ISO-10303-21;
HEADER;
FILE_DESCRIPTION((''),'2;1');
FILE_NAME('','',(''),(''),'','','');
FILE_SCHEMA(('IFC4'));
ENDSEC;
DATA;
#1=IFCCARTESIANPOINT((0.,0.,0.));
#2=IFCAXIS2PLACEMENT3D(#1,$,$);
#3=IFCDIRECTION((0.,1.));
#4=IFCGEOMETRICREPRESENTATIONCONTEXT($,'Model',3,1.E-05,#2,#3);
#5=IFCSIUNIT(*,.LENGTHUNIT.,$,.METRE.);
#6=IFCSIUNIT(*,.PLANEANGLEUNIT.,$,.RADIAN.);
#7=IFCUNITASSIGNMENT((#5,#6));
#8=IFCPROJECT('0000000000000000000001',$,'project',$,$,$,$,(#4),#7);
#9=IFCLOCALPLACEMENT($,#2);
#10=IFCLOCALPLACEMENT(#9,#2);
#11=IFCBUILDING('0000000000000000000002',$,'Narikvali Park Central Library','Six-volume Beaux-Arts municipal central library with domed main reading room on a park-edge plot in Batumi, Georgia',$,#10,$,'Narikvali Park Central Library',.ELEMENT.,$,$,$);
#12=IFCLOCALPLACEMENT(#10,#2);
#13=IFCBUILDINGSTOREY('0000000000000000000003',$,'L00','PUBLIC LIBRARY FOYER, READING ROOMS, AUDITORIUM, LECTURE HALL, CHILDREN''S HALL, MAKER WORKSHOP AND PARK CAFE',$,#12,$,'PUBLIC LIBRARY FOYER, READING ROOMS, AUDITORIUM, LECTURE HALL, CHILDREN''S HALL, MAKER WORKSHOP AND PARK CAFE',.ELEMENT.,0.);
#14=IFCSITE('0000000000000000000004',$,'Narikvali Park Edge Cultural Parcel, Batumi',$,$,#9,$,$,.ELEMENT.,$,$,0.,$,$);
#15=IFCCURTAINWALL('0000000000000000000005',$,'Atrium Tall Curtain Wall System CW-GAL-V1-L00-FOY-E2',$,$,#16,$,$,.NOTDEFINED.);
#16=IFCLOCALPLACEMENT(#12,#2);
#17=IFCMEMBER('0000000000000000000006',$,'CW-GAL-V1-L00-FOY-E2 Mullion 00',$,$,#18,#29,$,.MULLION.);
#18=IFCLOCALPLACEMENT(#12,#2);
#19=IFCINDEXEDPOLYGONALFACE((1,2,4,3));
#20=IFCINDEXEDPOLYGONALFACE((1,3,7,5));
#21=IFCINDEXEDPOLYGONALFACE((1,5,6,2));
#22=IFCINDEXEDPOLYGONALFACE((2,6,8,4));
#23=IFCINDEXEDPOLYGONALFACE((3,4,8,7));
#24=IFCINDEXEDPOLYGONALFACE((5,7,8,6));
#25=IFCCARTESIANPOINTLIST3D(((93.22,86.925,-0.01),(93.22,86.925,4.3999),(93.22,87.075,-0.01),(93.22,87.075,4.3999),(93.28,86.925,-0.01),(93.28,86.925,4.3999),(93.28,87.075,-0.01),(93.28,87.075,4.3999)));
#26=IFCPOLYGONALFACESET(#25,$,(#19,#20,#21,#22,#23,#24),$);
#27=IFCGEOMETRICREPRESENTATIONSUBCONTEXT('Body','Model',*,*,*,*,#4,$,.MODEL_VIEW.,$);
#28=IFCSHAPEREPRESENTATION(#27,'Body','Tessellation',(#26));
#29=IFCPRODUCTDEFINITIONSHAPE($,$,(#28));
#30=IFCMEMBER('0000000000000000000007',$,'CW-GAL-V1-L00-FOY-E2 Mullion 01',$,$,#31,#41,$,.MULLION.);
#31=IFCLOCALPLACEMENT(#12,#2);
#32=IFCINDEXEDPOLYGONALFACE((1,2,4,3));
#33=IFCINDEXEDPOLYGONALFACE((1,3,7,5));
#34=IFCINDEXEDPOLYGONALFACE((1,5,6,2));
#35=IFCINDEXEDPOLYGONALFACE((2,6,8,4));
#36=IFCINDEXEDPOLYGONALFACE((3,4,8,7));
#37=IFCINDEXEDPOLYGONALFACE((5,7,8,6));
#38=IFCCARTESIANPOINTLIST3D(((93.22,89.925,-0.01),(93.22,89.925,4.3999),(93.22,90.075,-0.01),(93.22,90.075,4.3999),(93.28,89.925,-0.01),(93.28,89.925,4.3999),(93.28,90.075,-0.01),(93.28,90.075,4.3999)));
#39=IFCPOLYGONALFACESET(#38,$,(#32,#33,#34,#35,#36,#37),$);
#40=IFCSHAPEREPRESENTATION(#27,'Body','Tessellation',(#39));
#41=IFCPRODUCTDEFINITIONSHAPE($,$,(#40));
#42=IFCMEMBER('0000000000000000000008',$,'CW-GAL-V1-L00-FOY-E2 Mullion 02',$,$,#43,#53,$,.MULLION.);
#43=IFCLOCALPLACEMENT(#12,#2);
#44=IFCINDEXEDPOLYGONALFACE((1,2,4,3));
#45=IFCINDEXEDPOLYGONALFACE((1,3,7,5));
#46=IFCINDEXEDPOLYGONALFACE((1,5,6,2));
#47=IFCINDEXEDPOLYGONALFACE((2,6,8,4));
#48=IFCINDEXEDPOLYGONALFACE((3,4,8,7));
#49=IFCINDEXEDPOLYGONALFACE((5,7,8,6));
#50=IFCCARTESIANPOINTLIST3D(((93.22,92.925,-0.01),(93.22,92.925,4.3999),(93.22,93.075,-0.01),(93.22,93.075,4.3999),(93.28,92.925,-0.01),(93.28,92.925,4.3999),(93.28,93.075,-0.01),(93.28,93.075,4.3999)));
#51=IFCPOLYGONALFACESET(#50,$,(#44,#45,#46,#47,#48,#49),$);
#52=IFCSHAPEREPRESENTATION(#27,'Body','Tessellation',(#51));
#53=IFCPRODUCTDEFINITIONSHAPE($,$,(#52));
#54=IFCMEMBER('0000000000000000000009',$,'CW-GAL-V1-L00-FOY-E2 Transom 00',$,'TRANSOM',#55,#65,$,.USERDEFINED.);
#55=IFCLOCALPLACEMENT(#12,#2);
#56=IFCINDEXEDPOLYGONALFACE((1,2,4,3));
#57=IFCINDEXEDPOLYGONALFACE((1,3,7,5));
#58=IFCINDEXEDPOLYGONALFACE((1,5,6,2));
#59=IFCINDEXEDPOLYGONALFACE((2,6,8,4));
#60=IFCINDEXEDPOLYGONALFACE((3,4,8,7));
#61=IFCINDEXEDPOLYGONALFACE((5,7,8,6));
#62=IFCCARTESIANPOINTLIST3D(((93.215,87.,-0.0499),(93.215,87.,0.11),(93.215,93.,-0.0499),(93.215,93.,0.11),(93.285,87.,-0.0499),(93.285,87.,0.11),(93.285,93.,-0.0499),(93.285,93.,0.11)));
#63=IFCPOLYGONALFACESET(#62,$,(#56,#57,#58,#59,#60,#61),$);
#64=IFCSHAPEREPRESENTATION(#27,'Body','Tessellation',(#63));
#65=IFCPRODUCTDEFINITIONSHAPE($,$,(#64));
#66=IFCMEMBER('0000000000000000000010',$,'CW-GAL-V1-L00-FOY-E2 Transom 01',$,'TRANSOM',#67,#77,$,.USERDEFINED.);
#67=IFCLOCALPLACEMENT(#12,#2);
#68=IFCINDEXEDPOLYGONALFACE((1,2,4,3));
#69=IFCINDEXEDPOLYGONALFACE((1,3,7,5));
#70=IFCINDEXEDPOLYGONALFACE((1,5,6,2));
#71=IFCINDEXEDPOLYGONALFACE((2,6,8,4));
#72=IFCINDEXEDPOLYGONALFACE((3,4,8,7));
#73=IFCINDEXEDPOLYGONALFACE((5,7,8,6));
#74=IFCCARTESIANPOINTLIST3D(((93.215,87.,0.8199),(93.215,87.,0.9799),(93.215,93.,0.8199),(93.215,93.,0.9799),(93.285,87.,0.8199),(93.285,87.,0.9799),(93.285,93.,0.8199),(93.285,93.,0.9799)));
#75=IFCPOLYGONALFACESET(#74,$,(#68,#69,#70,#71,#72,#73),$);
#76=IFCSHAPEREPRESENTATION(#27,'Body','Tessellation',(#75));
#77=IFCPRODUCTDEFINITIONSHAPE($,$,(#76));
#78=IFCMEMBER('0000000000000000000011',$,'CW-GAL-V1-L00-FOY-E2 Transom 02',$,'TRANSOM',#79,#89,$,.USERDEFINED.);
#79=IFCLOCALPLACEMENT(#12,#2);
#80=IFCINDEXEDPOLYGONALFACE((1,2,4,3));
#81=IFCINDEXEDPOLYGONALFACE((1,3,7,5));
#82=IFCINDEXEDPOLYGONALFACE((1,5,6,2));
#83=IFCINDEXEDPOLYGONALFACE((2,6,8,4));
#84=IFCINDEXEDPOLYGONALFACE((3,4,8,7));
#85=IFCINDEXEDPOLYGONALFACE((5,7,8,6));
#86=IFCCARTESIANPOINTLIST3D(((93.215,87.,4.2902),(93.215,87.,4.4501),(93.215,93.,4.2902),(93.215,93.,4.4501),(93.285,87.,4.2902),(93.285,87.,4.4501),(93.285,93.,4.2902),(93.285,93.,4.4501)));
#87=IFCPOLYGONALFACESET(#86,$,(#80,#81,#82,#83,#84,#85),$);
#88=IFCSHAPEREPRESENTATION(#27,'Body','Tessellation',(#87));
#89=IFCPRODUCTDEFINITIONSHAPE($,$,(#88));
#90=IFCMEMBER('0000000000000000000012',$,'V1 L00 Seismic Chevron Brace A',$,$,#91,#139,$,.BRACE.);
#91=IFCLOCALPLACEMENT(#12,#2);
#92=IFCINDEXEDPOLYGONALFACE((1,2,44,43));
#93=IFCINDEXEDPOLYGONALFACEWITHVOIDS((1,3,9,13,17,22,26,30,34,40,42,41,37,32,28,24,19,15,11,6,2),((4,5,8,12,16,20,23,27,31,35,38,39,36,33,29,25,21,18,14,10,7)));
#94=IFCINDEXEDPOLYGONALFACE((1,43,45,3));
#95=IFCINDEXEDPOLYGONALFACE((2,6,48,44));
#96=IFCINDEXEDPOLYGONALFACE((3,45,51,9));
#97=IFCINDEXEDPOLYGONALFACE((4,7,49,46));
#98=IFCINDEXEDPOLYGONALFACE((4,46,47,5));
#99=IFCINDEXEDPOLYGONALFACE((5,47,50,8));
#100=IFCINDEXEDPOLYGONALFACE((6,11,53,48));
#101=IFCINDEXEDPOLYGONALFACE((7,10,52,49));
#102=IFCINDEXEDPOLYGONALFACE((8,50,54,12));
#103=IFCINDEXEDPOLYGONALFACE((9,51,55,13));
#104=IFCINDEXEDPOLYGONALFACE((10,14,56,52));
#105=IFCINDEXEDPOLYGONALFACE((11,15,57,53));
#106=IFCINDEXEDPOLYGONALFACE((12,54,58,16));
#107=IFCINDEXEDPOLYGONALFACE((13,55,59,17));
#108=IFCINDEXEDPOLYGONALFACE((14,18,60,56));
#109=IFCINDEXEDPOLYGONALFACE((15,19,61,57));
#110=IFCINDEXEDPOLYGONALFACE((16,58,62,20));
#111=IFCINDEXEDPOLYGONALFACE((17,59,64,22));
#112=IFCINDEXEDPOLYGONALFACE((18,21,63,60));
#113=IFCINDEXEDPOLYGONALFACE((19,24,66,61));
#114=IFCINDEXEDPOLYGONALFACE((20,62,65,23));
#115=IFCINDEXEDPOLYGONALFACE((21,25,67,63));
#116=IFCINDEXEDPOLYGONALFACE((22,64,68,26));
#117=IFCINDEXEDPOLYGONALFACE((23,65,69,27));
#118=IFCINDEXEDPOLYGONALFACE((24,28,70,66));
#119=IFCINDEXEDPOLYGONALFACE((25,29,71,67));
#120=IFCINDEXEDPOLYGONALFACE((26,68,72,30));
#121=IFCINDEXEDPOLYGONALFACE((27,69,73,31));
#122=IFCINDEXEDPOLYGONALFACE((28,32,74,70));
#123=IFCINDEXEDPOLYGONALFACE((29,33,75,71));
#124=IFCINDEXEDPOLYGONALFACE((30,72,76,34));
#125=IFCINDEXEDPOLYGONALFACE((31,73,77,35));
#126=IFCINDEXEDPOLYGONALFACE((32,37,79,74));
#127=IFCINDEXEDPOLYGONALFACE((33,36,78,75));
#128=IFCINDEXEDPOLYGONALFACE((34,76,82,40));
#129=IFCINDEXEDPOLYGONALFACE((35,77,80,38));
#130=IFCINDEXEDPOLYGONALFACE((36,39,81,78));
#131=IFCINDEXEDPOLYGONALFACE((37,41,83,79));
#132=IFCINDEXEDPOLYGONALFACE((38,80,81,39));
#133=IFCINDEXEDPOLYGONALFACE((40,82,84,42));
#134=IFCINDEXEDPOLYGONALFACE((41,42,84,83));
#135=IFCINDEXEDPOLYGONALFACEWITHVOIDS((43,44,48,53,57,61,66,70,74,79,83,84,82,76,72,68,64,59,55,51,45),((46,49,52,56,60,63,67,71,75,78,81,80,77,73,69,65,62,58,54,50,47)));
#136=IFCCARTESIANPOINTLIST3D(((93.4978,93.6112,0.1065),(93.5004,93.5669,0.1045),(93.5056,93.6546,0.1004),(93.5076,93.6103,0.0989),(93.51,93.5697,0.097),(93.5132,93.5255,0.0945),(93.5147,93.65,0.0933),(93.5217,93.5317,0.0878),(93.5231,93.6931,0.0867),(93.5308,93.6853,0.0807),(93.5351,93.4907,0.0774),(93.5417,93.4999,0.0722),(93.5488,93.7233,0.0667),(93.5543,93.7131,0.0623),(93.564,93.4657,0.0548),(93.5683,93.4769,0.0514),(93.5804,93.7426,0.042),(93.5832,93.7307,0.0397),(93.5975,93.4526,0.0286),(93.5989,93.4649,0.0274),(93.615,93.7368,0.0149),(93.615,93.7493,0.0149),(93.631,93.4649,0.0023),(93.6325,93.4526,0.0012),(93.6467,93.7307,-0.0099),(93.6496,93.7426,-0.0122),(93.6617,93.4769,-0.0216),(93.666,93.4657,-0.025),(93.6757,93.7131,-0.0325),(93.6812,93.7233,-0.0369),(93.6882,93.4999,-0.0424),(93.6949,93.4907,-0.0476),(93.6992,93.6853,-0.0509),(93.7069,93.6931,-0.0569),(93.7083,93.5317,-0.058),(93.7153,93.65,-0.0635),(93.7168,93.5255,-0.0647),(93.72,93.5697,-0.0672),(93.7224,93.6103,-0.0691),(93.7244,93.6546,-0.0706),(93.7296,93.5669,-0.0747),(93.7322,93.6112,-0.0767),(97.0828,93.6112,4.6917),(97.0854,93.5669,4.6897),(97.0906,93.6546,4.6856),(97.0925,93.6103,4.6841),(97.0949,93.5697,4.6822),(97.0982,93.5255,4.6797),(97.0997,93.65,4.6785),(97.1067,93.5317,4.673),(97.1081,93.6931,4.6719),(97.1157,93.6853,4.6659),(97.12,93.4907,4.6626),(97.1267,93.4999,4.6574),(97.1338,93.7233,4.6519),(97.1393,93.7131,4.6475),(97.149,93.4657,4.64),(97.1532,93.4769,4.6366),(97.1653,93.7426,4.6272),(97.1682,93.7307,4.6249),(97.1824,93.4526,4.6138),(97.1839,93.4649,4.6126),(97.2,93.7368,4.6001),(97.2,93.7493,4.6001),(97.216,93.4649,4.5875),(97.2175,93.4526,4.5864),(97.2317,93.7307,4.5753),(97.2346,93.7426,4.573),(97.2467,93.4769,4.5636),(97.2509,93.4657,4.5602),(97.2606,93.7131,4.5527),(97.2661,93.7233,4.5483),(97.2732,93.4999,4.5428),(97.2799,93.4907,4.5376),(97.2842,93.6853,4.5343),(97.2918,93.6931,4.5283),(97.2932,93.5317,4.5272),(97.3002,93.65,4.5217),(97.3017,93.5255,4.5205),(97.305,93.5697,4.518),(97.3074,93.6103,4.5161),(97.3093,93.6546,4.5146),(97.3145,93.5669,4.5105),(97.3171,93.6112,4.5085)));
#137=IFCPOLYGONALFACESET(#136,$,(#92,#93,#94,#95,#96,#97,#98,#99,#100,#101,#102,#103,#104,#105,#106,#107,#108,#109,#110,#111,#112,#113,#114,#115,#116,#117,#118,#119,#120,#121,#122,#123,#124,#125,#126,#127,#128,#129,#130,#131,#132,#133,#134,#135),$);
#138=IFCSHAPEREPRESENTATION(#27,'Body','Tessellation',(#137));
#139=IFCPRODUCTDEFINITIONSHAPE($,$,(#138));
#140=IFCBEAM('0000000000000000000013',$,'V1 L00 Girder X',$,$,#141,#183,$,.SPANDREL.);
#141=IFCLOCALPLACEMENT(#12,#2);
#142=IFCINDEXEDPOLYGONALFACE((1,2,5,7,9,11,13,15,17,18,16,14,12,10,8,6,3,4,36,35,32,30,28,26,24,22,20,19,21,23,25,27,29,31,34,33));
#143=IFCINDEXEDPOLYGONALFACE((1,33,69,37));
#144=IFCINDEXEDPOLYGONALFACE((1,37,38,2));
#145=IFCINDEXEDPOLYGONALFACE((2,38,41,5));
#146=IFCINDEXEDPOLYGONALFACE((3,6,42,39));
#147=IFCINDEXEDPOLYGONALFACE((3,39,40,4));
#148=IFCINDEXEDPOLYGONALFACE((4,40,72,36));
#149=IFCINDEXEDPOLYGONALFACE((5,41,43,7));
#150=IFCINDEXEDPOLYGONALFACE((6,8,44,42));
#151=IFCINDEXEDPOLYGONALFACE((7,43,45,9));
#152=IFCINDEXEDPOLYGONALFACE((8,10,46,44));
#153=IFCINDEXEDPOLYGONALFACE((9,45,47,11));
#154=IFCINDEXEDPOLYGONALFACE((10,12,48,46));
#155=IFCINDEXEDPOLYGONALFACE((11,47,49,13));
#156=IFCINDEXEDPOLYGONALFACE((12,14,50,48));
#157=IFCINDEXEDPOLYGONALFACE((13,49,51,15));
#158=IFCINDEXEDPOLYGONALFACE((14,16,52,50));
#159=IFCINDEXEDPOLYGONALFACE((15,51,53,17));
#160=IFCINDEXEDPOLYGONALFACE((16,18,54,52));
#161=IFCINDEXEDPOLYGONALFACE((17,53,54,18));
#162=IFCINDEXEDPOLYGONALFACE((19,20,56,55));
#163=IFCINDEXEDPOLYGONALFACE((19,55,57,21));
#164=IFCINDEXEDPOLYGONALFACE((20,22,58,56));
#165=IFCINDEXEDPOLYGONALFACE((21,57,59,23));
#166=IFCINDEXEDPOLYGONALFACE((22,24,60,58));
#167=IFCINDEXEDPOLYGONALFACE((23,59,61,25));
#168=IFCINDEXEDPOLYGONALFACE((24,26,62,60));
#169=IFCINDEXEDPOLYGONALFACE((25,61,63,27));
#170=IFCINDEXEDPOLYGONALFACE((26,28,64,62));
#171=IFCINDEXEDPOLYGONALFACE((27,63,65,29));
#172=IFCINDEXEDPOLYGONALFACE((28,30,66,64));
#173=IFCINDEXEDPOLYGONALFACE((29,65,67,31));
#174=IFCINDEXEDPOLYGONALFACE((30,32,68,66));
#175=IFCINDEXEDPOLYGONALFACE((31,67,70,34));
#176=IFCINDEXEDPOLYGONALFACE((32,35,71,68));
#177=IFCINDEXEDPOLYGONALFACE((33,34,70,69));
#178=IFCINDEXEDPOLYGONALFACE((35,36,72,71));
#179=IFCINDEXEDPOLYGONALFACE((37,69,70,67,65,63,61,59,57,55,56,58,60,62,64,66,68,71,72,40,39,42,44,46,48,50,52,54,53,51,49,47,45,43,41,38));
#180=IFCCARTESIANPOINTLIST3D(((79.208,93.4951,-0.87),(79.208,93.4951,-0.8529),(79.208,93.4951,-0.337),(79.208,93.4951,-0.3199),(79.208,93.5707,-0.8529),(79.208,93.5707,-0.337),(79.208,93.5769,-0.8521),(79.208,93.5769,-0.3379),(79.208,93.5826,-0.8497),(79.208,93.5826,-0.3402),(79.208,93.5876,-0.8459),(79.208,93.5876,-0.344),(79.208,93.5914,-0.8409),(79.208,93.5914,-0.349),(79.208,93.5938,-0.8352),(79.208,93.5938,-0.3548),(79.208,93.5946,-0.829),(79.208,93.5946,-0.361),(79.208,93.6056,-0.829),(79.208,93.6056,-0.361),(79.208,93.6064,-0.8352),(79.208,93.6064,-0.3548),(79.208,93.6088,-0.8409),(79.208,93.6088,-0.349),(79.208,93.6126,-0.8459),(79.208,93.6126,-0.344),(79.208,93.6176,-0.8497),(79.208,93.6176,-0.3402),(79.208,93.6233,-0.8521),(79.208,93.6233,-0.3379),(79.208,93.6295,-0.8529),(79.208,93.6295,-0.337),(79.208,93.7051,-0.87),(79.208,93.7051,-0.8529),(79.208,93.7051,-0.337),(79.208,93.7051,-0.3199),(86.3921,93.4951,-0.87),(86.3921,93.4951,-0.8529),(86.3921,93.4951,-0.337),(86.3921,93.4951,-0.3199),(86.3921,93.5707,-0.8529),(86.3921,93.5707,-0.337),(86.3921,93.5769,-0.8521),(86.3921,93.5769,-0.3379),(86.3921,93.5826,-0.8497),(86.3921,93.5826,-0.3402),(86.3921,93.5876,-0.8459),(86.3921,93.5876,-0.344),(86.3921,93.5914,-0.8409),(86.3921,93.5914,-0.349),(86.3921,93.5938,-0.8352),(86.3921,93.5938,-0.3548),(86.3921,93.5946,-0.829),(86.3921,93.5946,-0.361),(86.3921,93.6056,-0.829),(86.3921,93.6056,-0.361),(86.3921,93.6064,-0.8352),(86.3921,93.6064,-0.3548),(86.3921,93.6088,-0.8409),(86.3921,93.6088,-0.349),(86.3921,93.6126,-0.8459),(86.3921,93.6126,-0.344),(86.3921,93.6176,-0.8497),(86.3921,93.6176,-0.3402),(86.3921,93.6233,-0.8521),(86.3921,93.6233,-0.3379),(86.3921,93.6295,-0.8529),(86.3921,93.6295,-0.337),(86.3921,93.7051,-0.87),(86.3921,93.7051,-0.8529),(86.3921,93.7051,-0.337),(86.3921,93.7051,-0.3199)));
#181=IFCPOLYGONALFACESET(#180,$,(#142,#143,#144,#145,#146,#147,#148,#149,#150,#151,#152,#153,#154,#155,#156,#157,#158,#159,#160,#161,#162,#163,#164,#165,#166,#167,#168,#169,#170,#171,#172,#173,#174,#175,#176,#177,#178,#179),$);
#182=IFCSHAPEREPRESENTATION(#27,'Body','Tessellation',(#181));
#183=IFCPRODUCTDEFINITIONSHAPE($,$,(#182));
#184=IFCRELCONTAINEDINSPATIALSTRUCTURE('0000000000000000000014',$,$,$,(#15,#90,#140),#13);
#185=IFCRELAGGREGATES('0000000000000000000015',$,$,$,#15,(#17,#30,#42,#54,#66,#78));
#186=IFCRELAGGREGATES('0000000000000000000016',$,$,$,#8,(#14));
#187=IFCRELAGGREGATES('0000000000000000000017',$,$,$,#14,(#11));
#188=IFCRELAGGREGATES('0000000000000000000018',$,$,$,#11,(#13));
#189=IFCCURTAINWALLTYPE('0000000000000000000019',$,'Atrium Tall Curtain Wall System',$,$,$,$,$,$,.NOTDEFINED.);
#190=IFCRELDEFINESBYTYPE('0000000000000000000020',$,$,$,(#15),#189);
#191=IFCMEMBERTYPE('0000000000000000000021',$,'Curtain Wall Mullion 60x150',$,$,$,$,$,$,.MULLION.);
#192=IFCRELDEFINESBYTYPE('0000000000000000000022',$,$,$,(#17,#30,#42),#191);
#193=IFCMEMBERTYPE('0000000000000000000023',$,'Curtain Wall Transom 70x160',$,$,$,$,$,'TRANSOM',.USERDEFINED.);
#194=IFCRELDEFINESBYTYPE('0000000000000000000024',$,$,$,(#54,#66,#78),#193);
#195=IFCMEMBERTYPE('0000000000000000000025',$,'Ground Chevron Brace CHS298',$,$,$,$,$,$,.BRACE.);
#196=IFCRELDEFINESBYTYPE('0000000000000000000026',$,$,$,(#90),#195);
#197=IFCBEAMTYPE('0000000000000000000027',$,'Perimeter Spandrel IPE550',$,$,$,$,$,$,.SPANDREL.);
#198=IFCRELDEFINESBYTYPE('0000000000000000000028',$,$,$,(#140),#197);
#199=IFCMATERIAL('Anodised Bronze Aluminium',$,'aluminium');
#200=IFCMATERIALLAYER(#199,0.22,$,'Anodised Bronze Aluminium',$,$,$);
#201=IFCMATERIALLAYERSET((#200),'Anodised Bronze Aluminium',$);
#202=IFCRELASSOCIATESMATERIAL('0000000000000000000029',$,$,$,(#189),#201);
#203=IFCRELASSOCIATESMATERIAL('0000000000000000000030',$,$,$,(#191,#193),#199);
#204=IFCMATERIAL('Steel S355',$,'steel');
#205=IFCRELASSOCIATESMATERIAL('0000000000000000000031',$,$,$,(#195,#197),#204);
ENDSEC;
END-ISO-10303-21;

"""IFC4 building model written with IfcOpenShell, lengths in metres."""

from ifc_helpers import new_model, si_unit, direction, frame, origin, origin_2d, place, context, subcontext, project, spatial, rectangle, hollow_circle, i_section, extrude, material, layer, layer_set, material_profile, profile_set, type_object, element, aggregate, save


model = new_model("IFC4")

# Units and contexts
model_context = context("Model", 3, precision=1e-05, world=origin(), true_north=direction((0.0, 1.0)))
body_context = subcontext(model_context, "Body", "Model", "MODEL_VIEW")
ifc_project = project(units=[si_unit("LENGTHUNIT", "METRE"), si_unit("PLANEANGLEUNIT", "RADIAN")], contexts=[model_context])

# Site, building, storey
site_placement = place(None, origin())
site = spatial("IfcSite", under=ifc_project, at=site_placement, Name="Narikvali Park Edge Cultural Parcel, Batumi", CompositionType="ELEMENT", RefElevation=0.0)
building_placement = place(site_placement, origin())
building = spatial("IfcBuilding", under=site, at=building_placement, Name="Narikvali Park Central Library", Description="Six-volume Beaux-Arts municipal central library with domed main reading room on a park-edge plot in Batumi, Georgia", LongName="Narikvali Park Central Library", CompositionType="ELEMENT")
storey_placement = place(building_placement, origin())
storey = spatial("IfcBuildingStorey", under=building, at=storey_placement, Name="L00", Description="PUBLIC LIBRARY FOYER, READING ROOMS, AUDITORIUM, LECTURE HALL, CHILDREN'S HALL, MAKER WORKSHOP AND PARK CAFE", LongName="PUBLIC LIBRARY FOYER, READING ROOMS, AUDITORIUM, LECTURE HALL, CHILDREN'S HALL, MAKER WORKSHOP AND PARK CAFE", CompositionType="ELEMENT", Elevation=0.0)

# Shared definitions
ifc_material_1 = material(Name="Steel S355", Category="steel")

# Curtain wall, members
ifc_material_2 = material(Name="Anodised Bronze Aluminium", Category="aluminium")
ifc_layer_1 = layer(ifc_material_2, 0.22, Name="Anodised Bronze Aluminium")
ifc_layer_set_1 = layer_set([ifc_layer_1], Name="Anodised Bronze Aluminium")
curtain_wall_type = type_object("IfcCurtainWallType", Name="Atrium Tall Curtain Wall System", PredefinedType="NOTDEFINED", material=ifc_layer_set_1)
curtain_wall_placement = place(storey_placement, origin())
curtain_wall = element("IfcCurtainWall", 1, at=curtain_wall_placement, inside=storey, type_object=curtain_wall_type, Name="Atrium Tall Curtain Wall System CW-GAL-V1-L00-FOY-E2", PredefinedType="NOTDEFINED")
ifc_material_profile_1 = material_profile(ifc_material_2, rectangle(XDim=0.0601, YDim=0.1499, at=origin_2d()), Name="CW MULLION 60x150")
ifc_profile_set_1 = profile_set([ifc_material_profile_1], Name="Anodised Bronze Aluminium")
member_type_1 = type_object("IfcMemberType", Name="Curtain Wall Mullion 60x150", PredefinedType="MULLION", material=ifc_profile_set_1)
member_1_placement = place(storey_placement, frame((93.25, 87.0, -0.01), z_axis=(0.0, 0.0, 1.0), x_axis=(1.0, 0.0, 0.0)))
member_1 = element("IfcMember", 2, at=member_1_placement, type_object=member_type_1, Name="CW-GAL-V1-L00-FOY-E2 Mullion 00", PredefinedType="MULLION", context=body_context, shape_type="SweptSolid", body=[
    extrude(rectangle(XDim=0.0601, YDim=0.1499, at=origin_2d()), origin(), (0.0, 0.0, 1.0), 4.4099),
])
member_2_placement = place(storey_placement, frame((93.25, 90.0, -0.01), z_axis=(0.0, 0.0, 1.0), x_axis=(1.0, 0.0, 0.0)))
member_2 = element("IfcMember", 3, at=member_2_placement, type_object=member_type_1, Name="CW-GAL-V1-L00-FOY-E2 Mullion 01", PredefinedType="MULLION", context=body_context, shape_type="SweptSolid", body=[
    extrude(rectangle(XDim=0.0601, YDim=0.1499, at=origin_2d()), origin(), (0.0, 0.0, 1.0), 4.4099),
])
member_3_placement = place(storey_placement, frame((93.25, 93.0, -0.01), z_axis=(0.0, 0.0, 1.0), x_axis=(1.0, 0.0, 0.0)))
member_3 = element("IfcMember", 4, at=member_3_placement, type_object=member_type_1, Name="CW-GAL-V1-L00-FOY-E2 Mullion 02", PredefinedType="MULLION", context=body_context, shape_type="SweptSolid", body=[
    extrude(rectangle(XDim=0.0601, YDim=0.1499, at=origin_2d()), origin(), (0.0, 0.0, 1.0), 4.4099),
])
ifc_material_profile_2 = material_profile(ifc_material_2, rectangle(XDim=0.0701, YDim=0.1599, at=origin_2d()), Name="CW TRANSOM 70x160")
ifc_profile_set_2 = profile_set([ifc_material_profile_2], Name="Anodised Bronze Aluminium")
member_type_2 = type_object("IfcMemberType", Name="Curtain Wall Transom 70x160", ElementType="TRANSOM", PredefinedType="USERDEFINED", material=ifc_profile_set_2)
member_4_placement = place(storey_placement, frame((93.25, 87.0, 0.03), z_axis=(0.0, 1.0, 0.0), x_axis=(-1.0, 0.0, 0.0)))
member_4 = element("IfcMember", 5, at=member_4_placement, type_object=member_type_2, Name="CW-GAL-V1-L00-FOY-E2 Transom 00", ObjectType="TRANSOM", PredefinedType="USERDEFINED", context=body_context, shape_type="SweptSolid", body=[
    extrude(rectangle(XDim=0.0701, YDim=0.1599, at=origin_2d()), origin(), (0.0, 0.0, 1.0), 6.0),
])
member_5_placement = place(storey_placement, frame((93.25, 87.0, 0.8999), z_axis=(0.0, 1.0, 0.0), x_axis=(-1.0, 0.0, 0.0)))
member_5 = element("IfcMember", 6, at=member_5_placement, type_object=member_type_2, Name="CW-GAL-V1-L00-FOY-E2 Transom 01", ObjectType="TRANSOM", PredefinedType="USERDEFINED", context=body_context, shape_type="SweptSolid", body=[
    extrude(rectangle(XDim=0.0701, YDim=0.1599, at=origin_2d()), origin(), (0.0, 0.0, 1.0), 6.0),
])
member_6_placement = place(storey_placement, frame((93.25, 87.0, 4.3701), z_axis=(0.0, 1.0, 0.0), x_axis=(-1.0, 0.0, 0.0)))
member_6 = element("IfcMember", 7, at=member_6_placement, type_object=member_type_2, Name="CW-GAL-V1-L00-FOY-E2 Transom 02", ObjectType="TRANSOM", PredefinedType="USERDEFINED", context=body_context, shape_type="SweptSolid", body=[
    extrude(rectangle(XDim=0.0701, YDim=0.1599, at=origin_2d()), origin(), (0.0, 0.0, 1.0), 6.0),
])

# Member
ifc_material_profile_3 = material_profile(ifc_material_1, hollow_circle(Radius=0.1492, WallThickness=0.0125, at=origin_2d()), Name="CHS 298.5x12.5")
ifc_profile_set_3 = profile_set([ifc_material_profile_3], Name="Steel S355")
member_type_3 = type_object("IfcMemberType", Name="Ground Chevron Brace CHS298", PredefinedType="BRACE", material=ifc_profile_set_3)
member_7_placement = place(storey_placement, frame((93.615, 93.6001, 0.0149), z_axis=(0.615939, 0.0, 0.787793), x_axis=(0.0, 1.0, 0.0)))
element("IfcMember", 8, at=member_7_placement, inside=storey, type_object=member_type_3, Name="V1 L00 Seismic Chevron Brace A", PredefinedType="BRACE", context=body_context, shape_type="SweptSolid", body=[
    extrude(hollow_circle(Radius=0.1492, WallThickness=0.0125, at=origin_2d()), origin(), (0.0, 0.0, 1.0), 5.8203),
])

# Beam
ifc_material_profile_4 = material_profile(ifc_material_1, i_section(OverallWidth=0.21, OverallDepth=0.55, WebThickness=0.011, FlangeThickness=0.0171, FilletRadius=0.0239, at=origin_2d()), Name="IPE 550")
ifc_profile_set_4 = profile_set([ifc_material_profile_4], Name="Steel S355")
beam_type_1 = type_object("IfcBeamType", Name="Perimeter Spandrel IPE550", PredefinedType="SPANDREL", material=ifc_profile_set_4)
for number, where, z_axis, x_axis, name in (
    (9, (79.208, 93.6001, -0.595), (1.0, 0.0, 0.0), (0.0, 1.0, 0.0), "V1 L00 Girder X"),
):
    element("IfcBeam", number, at=place(storey_placement, frame(where, z_axis=z_axis, x_axis=x_axis)), inside=storey, type_object=beam_type_1, Name=name, PredefinedType="SPANDREL", context=body_context, shape_type="SweptSolid", body=[
        extrude(i_section(OverallWidth=0.21, OverallDepth=0.55, WebThickness=0.011, FlangeThickness=0.0171, FilletRadius=0.0239, at=origin_2d()), origin(), (0.0, 0.0, 1.0), 7.1841),
    ])

aggregate(curtain_wall, [member_1, member_2, member_3, member_4, member_5, member_6])

save(model, "model.ifc")
